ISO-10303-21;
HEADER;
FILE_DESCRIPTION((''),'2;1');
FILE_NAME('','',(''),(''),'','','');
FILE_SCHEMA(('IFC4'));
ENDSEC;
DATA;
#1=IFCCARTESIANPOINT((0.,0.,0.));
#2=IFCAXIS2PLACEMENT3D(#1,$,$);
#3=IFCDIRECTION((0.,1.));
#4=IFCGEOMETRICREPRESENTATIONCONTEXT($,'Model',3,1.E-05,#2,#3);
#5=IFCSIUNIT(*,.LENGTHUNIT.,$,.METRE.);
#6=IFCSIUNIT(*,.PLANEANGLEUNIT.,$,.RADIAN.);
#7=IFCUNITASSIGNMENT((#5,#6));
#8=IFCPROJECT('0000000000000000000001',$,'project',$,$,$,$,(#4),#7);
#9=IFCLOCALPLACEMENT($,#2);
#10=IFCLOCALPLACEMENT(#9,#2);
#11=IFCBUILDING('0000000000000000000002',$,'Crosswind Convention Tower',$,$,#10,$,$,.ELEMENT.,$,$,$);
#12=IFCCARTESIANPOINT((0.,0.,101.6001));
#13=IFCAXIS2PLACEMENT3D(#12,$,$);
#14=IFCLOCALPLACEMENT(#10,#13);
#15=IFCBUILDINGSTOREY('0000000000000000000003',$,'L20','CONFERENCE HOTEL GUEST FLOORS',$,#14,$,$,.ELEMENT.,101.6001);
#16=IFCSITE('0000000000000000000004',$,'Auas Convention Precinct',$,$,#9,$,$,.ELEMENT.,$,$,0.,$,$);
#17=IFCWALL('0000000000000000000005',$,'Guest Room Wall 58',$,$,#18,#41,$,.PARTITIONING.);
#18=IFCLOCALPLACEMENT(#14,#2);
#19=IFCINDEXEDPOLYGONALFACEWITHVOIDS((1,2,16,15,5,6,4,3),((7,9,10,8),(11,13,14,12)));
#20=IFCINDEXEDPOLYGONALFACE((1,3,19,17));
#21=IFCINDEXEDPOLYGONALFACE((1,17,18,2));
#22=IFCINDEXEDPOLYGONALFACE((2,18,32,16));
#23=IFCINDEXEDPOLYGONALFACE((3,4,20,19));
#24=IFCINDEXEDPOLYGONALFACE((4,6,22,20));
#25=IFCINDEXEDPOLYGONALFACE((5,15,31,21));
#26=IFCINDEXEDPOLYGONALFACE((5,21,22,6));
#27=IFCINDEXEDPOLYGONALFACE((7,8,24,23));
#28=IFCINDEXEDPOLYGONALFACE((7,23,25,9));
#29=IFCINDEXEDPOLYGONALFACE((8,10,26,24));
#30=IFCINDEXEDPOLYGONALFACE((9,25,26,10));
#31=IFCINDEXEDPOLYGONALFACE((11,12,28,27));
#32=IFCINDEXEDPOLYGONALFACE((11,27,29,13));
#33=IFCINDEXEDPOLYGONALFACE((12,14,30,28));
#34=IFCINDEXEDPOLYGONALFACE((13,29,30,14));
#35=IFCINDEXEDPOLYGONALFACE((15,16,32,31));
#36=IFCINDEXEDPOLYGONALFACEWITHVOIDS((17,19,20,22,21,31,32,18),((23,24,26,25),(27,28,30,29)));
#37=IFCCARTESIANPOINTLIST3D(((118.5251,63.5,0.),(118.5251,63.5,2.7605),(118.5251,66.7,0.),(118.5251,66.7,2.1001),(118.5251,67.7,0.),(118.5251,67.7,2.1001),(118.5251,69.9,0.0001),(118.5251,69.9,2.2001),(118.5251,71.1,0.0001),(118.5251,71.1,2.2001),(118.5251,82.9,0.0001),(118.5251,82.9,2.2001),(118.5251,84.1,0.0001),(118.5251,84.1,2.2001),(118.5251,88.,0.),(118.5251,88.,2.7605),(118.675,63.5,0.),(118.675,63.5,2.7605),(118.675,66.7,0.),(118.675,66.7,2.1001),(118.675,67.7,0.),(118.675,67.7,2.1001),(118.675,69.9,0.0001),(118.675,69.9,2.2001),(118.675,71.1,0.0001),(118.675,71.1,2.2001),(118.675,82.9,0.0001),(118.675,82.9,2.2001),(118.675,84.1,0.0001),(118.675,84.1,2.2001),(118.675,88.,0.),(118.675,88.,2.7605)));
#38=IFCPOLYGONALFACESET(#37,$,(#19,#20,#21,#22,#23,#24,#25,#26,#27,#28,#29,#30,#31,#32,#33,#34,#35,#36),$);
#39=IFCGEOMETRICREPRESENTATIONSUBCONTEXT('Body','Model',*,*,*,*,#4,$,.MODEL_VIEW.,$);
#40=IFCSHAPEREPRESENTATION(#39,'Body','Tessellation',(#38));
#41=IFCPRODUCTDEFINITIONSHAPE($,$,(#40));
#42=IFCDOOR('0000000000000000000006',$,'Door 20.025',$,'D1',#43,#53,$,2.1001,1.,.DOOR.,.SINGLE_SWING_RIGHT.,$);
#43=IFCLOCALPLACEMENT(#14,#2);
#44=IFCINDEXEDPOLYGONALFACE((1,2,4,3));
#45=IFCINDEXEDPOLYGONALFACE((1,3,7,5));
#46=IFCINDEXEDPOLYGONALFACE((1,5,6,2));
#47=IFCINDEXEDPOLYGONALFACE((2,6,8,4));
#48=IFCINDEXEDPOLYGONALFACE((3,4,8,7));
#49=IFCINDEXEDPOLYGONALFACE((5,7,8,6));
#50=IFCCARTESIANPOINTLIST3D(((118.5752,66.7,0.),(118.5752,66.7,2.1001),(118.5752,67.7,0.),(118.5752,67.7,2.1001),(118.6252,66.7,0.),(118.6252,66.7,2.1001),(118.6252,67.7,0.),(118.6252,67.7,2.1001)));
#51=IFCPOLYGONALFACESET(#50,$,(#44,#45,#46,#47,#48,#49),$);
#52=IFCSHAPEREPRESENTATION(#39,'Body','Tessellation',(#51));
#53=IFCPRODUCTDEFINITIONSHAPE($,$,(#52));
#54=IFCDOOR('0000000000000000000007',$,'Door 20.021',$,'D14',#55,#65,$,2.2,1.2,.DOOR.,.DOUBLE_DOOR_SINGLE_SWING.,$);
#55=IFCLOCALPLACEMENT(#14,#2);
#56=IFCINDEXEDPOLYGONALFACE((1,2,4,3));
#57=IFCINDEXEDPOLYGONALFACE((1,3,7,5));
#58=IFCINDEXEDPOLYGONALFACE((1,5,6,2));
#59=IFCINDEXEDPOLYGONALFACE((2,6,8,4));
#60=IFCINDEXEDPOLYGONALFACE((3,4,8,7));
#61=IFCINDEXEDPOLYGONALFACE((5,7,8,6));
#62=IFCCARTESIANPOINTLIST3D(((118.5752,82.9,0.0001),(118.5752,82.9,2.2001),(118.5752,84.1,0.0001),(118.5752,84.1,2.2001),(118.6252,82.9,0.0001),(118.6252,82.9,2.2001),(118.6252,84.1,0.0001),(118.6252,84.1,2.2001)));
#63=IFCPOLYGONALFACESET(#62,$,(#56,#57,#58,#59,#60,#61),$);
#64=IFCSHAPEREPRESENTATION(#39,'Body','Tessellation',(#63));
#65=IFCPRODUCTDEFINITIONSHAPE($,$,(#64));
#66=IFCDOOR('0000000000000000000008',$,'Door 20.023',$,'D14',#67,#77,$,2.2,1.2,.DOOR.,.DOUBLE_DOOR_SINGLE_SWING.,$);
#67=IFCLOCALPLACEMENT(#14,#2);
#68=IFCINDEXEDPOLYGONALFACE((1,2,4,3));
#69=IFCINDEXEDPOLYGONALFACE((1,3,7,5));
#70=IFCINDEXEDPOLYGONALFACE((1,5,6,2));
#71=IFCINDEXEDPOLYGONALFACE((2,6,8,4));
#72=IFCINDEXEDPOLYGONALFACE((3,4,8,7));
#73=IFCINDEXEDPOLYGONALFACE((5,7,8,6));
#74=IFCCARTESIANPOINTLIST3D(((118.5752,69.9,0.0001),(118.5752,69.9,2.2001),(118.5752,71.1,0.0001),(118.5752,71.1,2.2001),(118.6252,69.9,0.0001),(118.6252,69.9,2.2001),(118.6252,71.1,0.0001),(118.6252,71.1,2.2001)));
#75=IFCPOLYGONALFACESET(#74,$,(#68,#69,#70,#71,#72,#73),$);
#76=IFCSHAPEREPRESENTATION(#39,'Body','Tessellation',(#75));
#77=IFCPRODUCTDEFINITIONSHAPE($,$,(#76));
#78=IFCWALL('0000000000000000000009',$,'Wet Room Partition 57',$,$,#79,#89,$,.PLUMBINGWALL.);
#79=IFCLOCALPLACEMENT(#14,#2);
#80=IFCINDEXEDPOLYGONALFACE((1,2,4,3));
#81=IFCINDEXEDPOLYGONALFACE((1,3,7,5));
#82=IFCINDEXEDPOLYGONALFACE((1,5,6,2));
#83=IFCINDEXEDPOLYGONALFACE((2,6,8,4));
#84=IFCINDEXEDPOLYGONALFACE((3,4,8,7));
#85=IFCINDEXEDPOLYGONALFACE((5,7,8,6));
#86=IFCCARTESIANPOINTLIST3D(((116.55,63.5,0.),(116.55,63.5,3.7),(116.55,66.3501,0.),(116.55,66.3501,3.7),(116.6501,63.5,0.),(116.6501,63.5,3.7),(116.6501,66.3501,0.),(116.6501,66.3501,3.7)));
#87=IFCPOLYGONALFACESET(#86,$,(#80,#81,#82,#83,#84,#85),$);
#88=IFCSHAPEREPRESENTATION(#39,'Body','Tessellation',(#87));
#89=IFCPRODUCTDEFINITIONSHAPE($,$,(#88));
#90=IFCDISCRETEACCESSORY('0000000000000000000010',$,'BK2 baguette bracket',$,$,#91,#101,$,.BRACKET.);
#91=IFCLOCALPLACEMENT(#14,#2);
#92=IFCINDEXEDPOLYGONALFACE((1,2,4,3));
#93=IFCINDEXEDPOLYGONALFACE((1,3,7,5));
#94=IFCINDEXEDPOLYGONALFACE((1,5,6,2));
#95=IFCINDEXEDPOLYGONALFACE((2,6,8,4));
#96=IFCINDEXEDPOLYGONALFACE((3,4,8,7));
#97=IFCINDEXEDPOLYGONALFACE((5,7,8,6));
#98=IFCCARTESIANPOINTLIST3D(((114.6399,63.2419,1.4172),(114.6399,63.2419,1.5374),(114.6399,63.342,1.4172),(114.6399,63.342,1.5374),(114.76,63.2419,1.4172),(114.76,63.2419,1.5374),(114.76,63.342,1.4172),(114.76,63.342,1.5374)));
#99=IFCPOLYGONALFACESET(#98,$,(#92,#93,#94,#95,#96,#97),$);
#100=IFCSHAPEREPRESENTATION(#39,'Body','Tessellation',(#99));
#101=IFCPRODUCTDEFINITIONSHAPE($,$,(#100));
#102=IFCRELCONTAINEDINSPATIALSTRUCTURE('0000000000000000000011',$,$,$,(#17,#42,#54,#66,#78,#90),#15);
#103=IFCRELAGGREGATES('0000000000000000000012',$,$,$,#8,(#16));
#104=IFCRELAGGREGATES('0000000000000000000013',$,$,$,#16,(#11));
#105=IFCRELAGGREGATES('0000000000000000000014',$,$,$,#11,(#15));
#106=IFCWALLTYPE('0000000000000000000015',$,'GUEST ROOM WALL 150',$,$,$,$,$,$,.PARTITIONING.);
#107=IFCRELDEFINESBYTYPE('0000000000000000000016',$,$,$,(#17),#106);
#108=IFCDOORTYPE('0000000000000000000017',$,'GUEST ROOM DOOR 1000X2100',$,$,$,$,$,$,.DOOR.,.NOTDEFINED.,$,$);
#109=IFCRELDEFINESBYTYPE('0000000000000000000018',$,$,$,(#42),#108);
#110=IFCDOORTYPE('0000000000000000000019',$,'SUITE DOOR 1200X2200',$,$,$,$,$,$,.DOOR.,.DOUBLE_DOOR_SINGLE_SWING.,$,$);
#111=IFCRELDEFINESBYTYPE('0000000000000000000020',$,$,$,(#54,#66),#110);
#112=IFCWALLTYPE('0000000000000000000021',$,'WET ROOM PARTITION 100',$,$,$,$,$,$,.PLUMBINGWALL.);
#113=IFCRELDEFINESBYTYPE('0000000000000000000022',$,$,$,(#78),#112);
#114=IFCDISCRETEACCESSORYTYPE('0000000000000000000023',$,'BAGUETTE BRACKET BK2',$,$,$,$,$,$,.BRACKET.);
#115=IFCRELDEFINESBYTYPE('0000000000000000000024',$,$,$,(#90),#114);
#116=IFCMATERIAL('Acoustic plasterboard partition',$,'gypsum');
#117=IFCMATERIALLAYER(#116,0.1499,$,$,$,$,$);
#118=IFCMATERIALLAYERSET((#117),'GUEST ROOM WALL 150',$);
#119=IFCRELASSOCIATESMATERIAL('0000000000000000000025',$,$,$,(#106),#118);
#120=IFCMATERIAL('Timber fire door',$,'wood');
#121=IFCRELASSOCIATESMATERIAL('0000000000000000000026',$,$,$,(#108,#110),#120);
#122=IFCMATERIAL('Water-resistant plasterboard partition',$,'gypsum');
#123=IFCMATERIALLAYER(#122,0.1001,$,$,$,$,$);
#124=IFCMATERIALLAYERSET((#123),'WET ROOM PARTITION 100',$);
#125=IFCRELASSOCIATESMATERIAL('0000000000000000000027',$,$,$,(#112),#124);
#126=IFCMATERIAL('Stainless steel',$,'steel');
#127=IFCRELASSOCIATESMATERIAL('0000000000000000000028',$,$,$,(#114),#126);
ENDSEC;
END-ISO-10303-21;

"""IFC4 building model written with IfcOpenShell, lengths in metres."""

from ifc_helpers import new_model, si_unit, direction, frame, frame_2d, origin, origin_2d, place, context, subcontext, project, spatial, rectangle, extrude, material, layer, layer_set, type_object, element, fill, save


model = new_model("IFC4")

# Units and contexts
model_context = context("Model", 3, precision=1e-05, world=origin(), true_north=direction((0.0, 1.0)))
body_context = subcontext(model_context, "Body", "Model", "MODEL_VIEW")
ifc_project = project(units=[si_unit("LENGTHUNIT", "METRE"), si_unit("PLANEANGLEUNIT", "RADIAN")], contexts=[model_context])

# Site, building, storey
site_placement = place(None, origin())
site = spatial("IfcSite", under=ifc_project, at=site_placement, Name="Auas Convention Precinct", CompositionType="ELEMENT", RefElevation=0.0)
building_placement = place(site_placement, origin())
building = spatial("IfcBuilding", under=site, at=building_placement, Name="Crosswind Convention Tower", CompositionType="ELEMENT")
storey_placement = place(building_placement, frame((0.0, 0.0, 101.6001)))
storey = spatial("IfcBuildingStorey", under=building, at=storey_placement, Name="L20", Description="CONFERENCE HOTEL GUEST FLOORS", CompositionType="ELEMENT", Elevation=101.6001)

# Wall, openings, doors
ifc_material_1 = material(Name="Acoustic plasterboard partition", Category="gypsum")
ifc_layer_1 = layer(ifc_material_1, 0.1499)
ifc_layer_set_1 = layer_set([ifc_layer_1], Name="GUEST ROOM WALL 150")
wall_type_1 = type_object("IfcWallType", Name="GUEST ROOM WALL 150", PredefinedType="PARTITIONING", material=ifc_layer_set_1)
wall_1_placement = place(storey_placement, frame((118.6001, 63.5, 0.0), z_axis=(0.0, 0.0, 1.0), x_axis=(0.0, 1.0, 0.0)))
wall_1 = element("IfcWall", 1, at=wall_1_placement, inside=storey, type_object=wall_type_1, Name="Guest Room Wall 58", PredefinedType="PARTITIONING", context=body_context, shape_type="SweptSolid", body=[
    extrude(rectangle(XDim=24.5, YDim=0.1499, at=frame_2d((12.25, 0.0))), origin(), (0.0, 0.0, 1.0), 2.7605),
])
opening_1_placement = place(wall_1_placement, frame((19.3999, 0.0, 0.0)))
opening_1 = element("IfcOpeningElement", 2, at=opening_1_placement, cuts=wall_1, PredefinedType="OPENING", context=body_context, shape_type="SweptSolid", body=[
    extrude(rectangle(XDim=1.2, YDim=2.2, at=frame_2d((0.6001, 1.1001))), frame((0.0, 0.085, 0.0), z_axis=(0.0, -1.0, 0.0), x_axis=(1.0, 0.0, 0.0)), (0.0, 0.0, 1.0), 0.1699),
])
opening_2_placement = place(wall_1_placement, frame((6.3999, 0.0, 0.0)))
opening_2 = element("IfcOpeningElement", 3, at=opening_2_placement, cuts=wall_1, PredefinedType="OPENING", context=body_context, shape_type="SweptSolid", body=[
    extrude(rectangle(XDim=1.2, YDim=2.2, at=frame_2d((0.6001, 1.1001))), frame((0.0, 0.085, 0.0), z_axis=(0.0, -1.0, 0.0), x_axis=(1.0, 0.0, 0.0)), (0.0, 0.0, 1.0), 0.1699),
])
opening_3_placement = place(wall_1_placement, frame((3.2, 0.0, 0.0)))
opening_3 = element("IfcOpeningElement", 4, at=opening_3_placement, cuts=wall_1, PredefinedType="OPENING", context=body_context, shape_type="SweptSolid", body=[
    extrude(rectangle(XDim=1.0, YDim=2.1001, at=frame_2d((0.5, 1.05))), frame((0.0, 0.085, 0.0), z_axis=(0.0, -1.0, 0.0), x_axis=(1.0, 0.0, 0.0)), (0.0, 0.0, 1.0), 0.1699),
])
ifc_material_2 = material(Name="Timber fire door", Category="wood")
door_type_1 = type_object("IfcDoorType", Name="GUEST ROOM DOOR 1000X2100", OperationType="NOTDEFINED", PredefinedType="DOOR", material=ifc_material_2)
door_1_placement = place(opening_3_placement, origin())
door_1 = element("IfcDoor", 5, at=door_1_placement, inside=storey, type_object=door_type_1, Name="Door 20.025", ObjectType="D1", OperationType="SINGLE_SWING_RIGHT", OverallHeight=2.1001, OverallWidth=1.0, PredefinedType="DOOR", context=body_context, shape_type="SweptSolid", body=[
    extrude(rectangle(XDim=1.0, YDim=2.1001, at=frame_2d((0.5, 1.05))), frame((0.0, 0.0249, 0.0), z_axis=(0.0, -1.0, 0.0), x_axis=(1.0, 0.0, 0.0)), (0.0, 0.0, 1.0), 0.05),
])
fill(opening_3, door_1)
door_type_2 = type_object("IfcDoorType", Name="SUITE DOOR 1200X2200", OperationType="DOUBLE_DOOR_SINGLE_SWING", PredefinedType="DOOR", material=ifc_material_2)
door_2_placement = place(opening_1_placement, origin())
door_2 = element("IfcDoor", 6, at=door_2_placement, inside=storey, type_object=door_type_2, Name="Door 20.021", ObjectType="D14", OperationType="DOUBLE_DOOR_SINGLE_SWING", OverallHeight=2.2, OverallWidth=1.2, PredefinedType="DOOR", context=body_context, shape_type="SweptSolid", body=[
    extrude(rectangle(XDim=1.2, YDim=2.2, at=frame_2d((0.6001, 1.1001))), frame((0.0, 0.0249, 0.0), z_axis=(0.0, -1.0, 0.0), x_axis=(1.0, 0.0, 0.0)), (0.0, 0.0, 1.0), 0.05),
])
fill(opening_1, door_2)
door_3_placement = place(opening_2_placement, origin())
door_3 = element("IfcDoor", 7, at=door_3_placement, inside=storey, type_object=door_type_2, Name="Door 20.023", ObjectType="D14", OperationType="DOUBLE_DOOR_SINGLE_SWING", OverallHeight=2.2, OverallWidth=1.2, PredefinedType="DOOR", context=body_context, shape_type="SweptSolid", body=[
    extrude(rectangle(XDim=1.2, YDim=2.2, at=frame_2d((0.6001, 1.1001))), frame((0.0, 0.0249, 0.0), z_axis=(0.0, -1.0, 0.0), x_axis=(1.0, 0.0, 0.0)), (0.0, 0.0, 1.0), 0.05),
])
fill(opening_2, door_3)

# Wall
ifc_material_3 = material(Name="Water-resistant plasterboard partition", Category="gypsum")
ifc_layer_2 = layer(ifc_material_3, 0.1001)
ifc_layer_set_2 = layer_set([ifc_layer_2], Name="WET ROOM PARTITION 100")
wall_type_2 = type_object("IfcWallType", Name="WET ROOM PARTITION 100", PredefinedType="PLUMBINGWALL", material=ifc_layer_set_2)
wall_2_placement = place(storey_placement, frame((116.6001, 63.5, 0.0), z_axis=(0.0, 0.0, 1.0), x_axis=(0.0, 1.0, 0.0)))
element("IfcWall", 8, at=wall_2_placement, inside=storey, type_object=wall_type_2, Name="Wet Room Partition 57", PredefinedType="PLUMBINGWALL", context=body_context, shape_type="SweptSolid", body=[
    extrude(rectangle(XDim=2.8501, YDim=0.1001, at=frame_2d((1.425, 0.0))), origin(), (0.0, 0.0, 1.0), 3.7),
])

# Discrete accessory
ifc_material_4 = material(Name="Stainless steel", Category="steel")
discrete_accessory_type = type_object("IfcDiscreteAccessoryType", Name="BAGUETTE BRACKET BK2", PredefinedType="BRACKET", material=ifc_material_4)
discrete_accessory_placement = place(storey_placement, frame((114.7, 63.292, 1.4172), z_axis=(0.0, 0.0, 1.0), x_axis=(1.0, 0.0, 0.0)))
element("IfcDiscreteAccessory", 9, at=discrete_accessory_placement, inside=storey, type_object=discrete_accessory_type, Name="BK2 baguette bracket", PredefinedType="BRACKET", context=body_context, shape_type="SweptSolid", body=[
    extrude(rectangle(XDim=0.1201, YDim=0.1001, at=origin_2d()), origin(), (0.0, 0.0, 1.0), 0.1201),
])

save(model, "model.ifc")
